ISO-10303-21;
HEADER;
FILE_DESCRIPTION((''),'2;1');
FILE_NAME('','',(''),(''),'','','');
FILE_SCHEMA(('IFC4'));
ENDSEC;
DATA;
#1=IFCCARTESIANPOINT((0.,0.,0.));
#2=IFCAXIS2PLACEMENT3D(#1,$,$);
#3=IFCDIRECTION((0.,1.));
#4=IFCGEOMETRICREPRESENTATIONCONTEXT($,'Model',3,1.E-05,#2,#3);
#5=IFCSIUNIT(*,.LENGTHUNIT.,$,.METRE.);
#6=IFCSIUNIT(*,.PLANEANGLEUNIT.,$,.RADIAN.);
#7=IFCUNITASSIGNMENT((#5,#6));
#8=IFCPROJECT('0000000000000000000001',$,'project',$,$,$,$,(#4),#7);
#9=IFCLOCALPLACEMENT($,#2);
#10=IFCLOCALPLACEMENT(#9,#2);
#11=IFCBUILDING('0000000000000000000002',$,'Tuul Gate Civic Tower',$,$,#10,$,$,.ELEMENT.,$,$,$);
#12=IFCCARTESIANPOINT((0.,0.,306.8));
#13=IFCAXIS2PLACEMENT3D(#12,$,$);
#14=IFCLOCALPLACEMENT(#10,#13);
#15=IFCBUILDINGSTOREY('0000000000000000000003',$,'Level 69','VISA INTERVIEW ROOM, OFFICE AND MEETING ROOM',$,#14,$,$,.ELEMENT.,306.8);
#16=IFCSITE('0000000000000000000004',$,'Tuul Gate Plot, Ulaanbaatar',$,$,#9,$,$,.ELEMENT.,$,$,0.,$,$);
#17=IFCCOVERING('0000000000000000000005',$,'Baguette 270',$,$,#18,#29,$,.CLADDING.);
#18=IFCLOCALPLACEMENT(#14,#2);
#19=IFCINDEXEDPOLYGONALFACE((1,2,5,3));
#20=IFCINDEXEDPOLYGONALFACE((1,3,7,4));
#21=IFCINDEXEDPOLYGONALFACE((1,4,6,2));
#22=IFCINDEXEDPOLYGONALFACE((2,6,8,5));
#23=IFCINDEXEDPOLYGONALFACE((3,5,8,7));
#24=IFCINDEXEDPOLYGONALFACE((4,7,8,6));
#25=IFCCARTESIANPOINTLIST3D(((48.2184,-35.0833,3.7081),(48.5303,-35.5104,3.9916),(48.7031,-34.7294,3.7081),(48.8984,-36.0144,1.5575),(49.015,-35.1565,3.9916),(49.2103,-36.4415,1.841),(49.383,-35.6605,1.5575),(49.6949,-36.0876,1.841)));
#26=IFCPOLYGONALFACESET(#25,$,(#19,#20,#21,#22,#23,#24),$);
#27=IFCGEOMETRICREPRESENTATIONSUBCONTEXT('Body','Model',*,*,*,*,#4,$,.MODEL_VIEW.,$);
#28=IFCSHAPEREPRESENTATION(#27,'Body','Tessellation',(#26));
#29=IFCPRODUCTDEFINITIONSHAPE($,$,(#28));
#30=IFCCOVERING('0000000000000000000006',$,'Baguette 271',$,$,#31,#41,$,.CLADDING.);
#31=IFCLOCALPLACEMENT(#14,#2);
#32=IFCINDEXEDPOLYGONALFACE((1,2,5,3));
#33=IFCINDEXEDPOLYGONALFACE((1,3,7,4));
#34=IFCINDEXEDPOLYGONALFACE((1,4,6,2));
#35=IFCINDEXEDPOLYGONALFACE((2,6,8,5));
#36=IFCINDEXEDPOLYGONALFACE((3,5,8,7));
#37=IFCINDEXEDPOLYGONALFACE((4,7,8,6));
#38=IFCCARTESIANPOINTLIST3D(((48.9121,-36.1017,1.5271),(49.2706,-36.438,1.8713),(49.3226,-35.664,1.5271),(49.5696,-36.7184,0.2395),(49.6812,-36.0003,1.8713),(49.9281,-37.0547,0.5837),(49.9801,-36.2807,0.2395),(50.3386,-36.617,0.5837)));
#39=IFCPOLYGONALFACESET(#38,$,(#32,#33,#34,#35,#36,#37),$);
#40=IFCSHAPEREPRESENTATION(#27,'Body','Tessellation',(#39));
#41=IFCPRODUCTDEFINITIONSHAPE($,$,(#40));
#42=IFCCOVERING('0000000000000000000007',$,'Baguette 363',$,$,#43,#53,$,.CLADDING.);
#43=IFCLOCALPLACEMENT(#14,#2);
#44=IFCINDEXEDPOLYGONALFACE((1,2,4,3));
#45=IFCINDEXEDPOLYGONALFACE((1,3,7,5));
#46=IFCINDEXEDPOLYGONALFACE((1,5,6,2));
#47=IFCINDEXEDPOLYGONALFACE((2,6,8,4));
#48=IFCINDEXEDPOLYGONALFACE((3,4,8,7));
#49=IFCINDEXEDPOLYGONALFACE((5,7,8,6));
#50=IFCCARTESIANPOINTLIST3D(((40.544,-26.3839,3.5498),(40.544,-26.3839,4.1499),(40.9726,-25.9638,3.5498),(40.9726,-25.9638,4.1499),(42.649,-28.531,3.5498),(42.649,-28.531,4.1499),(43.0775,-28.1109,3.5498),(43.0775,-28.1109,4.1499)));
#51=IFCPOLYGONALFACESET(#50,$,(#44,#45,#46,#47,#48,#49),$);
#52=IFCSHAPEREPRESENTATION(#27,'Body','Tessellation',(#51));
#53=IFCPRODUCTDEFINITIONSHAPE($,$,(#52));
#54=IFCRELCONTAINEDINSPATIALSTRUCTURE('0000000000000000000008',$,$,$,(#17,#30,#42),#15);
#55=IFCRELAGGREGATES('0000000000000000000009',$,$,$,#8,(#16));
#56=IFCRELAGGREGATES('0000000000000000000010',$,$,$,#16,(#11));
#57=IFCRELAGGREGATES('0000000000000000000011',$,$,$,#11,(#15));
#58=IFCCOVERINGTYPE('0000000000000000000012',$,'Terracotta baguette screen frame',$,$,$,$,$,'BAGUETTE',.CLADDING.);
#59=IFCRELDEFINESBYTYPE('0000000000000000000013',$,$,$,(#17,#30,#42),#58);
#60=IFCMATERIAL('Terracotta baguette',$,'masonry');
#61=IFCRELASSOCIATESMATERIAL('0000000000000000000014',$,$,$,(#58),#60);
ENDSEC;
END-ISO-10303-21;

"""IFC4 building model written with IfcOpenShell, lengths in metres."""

from ifc_helpers import new_model, si_unit, direction, frame, origin, origin_2d, place, context, subcontext, project, spatial, rectangle, extrude, material, material_profile, profile_set, type_object, element, save


model = new_model("IFC4")

# Units and contexts
model_context = context("Model", 3, precision=1e-05, world=origin(), true_north=direction((0.0, 1.0)))
body_context = subcontext(model_context, "Body", "Model", "MODEL_VIEW")
ifc_project = project(units=[si_unit("LENGTHUNIT", "METRE"), si_unit("PLANEANGLEUNIT", "RADIAN")], contexts=[model_context])

# Site, building, storey
site_placement = place(None, origin())
site = spatial("IfcSite", under=ifc_project, at=site_placement, Name="Tuul Gate Plot, Ulaanbaatar", CompositionType="ELEMENT", RefElevation=0.0)
building_placement = place(site_placement, origin())
building = spatial("IfcBuilding", under=site, at=building_placement, Name="Tuul Gate Civic Tower", CompositionType="ELEMENT")
storey_placement = place(building_placement, frame((0.0, 0.0, 306.8)))
storey = spatial("IfcBuildingStorey", under=building, at=storey_placement, Name="Level 69", Description="VISA INTERVIEW ROOM, OFFICE AND MEETING ROOM", CompositionType="ELEMENT", Elevation=306.8)

# Coverings
ifc_material_1 = material(Name="Terracotta baguette", Category="masonry")
ifc_material_profile_1 = material_profile(ifc_material_1, rectangle(XDim=0.6001, YDim=0.6001, at=origin_2d()), Name="Terracotta baguette screen frame")
ifc_profile_set_1 = profile_set([ifc_material_profile_1], Name="Terracotta baguette")
covering_type = type_object("IfcCoveringType", Name="Terracotta baguette screen frame", ElementType="BAGUETTE", PredefinedType="CLADDING", material=ifc_profile_set_1)
covering_1_placement = place(storey_placement, frame((48.6167, -35.1199, 3.8499), z_axis=(0.278638, -0.381588, -0.881335), x_axis=(0.807608, 0.589719, 0.0)))
element("IfcCovering", 1, at=covering_1_placement, inside=storey, type_object=covering_type, Name="Baguette 270", PredefinedType="CLADDING", context=body_context, shape_type="SweptSolid", body=[
    extrude(rectangle(XDim=0.6001, YDim=0.6001, at=origin_2d()), origin(), (0.0, 0.0, 1.0), 2.4402),
])
covering_2_placement = place(storey_placement, frame((49.2966, -36.051, 1.6992), z_axis=(0.418297, -0.392357, -0.819197), x_axis=(0.68413, 0.72936, 0.0)))
element("IfcCovering", 2, at=covering_2_placement, inside=storey, type_object=covering_type, Name="Baguette 271", PredefinedType="CLADDING", context=body_context, shape_type="SweptSolid", body=[
    extrude(rectangle(XDim=0.6001, YDim=0.6001, at=origin_2d()), origin(), (0.0, 0.0, 1.0), 1.5718),
])
covering_3_placement = place(storey_placement, frame((40.7583, -26.1738, 3.8499), z_axis=(0.700049, -0.714095, 0.0), x_axis=(0.714095, 0.700049, 0.0)))
element("IfcCovering", 3, at=covering_3_placement, inside=storey, type_object=covering_type, Name="Baguette 363", PredefinedType="CLADDING", context=body_context, shape_type="SweptSolid", body=[
    extrude(rectangle(XDim=0.6001, YDim=0.6001, at=origin_2d()), origin(), (0.0, 0.0, 1.0), 3.0068),
])

save(model, "model.ifc")
